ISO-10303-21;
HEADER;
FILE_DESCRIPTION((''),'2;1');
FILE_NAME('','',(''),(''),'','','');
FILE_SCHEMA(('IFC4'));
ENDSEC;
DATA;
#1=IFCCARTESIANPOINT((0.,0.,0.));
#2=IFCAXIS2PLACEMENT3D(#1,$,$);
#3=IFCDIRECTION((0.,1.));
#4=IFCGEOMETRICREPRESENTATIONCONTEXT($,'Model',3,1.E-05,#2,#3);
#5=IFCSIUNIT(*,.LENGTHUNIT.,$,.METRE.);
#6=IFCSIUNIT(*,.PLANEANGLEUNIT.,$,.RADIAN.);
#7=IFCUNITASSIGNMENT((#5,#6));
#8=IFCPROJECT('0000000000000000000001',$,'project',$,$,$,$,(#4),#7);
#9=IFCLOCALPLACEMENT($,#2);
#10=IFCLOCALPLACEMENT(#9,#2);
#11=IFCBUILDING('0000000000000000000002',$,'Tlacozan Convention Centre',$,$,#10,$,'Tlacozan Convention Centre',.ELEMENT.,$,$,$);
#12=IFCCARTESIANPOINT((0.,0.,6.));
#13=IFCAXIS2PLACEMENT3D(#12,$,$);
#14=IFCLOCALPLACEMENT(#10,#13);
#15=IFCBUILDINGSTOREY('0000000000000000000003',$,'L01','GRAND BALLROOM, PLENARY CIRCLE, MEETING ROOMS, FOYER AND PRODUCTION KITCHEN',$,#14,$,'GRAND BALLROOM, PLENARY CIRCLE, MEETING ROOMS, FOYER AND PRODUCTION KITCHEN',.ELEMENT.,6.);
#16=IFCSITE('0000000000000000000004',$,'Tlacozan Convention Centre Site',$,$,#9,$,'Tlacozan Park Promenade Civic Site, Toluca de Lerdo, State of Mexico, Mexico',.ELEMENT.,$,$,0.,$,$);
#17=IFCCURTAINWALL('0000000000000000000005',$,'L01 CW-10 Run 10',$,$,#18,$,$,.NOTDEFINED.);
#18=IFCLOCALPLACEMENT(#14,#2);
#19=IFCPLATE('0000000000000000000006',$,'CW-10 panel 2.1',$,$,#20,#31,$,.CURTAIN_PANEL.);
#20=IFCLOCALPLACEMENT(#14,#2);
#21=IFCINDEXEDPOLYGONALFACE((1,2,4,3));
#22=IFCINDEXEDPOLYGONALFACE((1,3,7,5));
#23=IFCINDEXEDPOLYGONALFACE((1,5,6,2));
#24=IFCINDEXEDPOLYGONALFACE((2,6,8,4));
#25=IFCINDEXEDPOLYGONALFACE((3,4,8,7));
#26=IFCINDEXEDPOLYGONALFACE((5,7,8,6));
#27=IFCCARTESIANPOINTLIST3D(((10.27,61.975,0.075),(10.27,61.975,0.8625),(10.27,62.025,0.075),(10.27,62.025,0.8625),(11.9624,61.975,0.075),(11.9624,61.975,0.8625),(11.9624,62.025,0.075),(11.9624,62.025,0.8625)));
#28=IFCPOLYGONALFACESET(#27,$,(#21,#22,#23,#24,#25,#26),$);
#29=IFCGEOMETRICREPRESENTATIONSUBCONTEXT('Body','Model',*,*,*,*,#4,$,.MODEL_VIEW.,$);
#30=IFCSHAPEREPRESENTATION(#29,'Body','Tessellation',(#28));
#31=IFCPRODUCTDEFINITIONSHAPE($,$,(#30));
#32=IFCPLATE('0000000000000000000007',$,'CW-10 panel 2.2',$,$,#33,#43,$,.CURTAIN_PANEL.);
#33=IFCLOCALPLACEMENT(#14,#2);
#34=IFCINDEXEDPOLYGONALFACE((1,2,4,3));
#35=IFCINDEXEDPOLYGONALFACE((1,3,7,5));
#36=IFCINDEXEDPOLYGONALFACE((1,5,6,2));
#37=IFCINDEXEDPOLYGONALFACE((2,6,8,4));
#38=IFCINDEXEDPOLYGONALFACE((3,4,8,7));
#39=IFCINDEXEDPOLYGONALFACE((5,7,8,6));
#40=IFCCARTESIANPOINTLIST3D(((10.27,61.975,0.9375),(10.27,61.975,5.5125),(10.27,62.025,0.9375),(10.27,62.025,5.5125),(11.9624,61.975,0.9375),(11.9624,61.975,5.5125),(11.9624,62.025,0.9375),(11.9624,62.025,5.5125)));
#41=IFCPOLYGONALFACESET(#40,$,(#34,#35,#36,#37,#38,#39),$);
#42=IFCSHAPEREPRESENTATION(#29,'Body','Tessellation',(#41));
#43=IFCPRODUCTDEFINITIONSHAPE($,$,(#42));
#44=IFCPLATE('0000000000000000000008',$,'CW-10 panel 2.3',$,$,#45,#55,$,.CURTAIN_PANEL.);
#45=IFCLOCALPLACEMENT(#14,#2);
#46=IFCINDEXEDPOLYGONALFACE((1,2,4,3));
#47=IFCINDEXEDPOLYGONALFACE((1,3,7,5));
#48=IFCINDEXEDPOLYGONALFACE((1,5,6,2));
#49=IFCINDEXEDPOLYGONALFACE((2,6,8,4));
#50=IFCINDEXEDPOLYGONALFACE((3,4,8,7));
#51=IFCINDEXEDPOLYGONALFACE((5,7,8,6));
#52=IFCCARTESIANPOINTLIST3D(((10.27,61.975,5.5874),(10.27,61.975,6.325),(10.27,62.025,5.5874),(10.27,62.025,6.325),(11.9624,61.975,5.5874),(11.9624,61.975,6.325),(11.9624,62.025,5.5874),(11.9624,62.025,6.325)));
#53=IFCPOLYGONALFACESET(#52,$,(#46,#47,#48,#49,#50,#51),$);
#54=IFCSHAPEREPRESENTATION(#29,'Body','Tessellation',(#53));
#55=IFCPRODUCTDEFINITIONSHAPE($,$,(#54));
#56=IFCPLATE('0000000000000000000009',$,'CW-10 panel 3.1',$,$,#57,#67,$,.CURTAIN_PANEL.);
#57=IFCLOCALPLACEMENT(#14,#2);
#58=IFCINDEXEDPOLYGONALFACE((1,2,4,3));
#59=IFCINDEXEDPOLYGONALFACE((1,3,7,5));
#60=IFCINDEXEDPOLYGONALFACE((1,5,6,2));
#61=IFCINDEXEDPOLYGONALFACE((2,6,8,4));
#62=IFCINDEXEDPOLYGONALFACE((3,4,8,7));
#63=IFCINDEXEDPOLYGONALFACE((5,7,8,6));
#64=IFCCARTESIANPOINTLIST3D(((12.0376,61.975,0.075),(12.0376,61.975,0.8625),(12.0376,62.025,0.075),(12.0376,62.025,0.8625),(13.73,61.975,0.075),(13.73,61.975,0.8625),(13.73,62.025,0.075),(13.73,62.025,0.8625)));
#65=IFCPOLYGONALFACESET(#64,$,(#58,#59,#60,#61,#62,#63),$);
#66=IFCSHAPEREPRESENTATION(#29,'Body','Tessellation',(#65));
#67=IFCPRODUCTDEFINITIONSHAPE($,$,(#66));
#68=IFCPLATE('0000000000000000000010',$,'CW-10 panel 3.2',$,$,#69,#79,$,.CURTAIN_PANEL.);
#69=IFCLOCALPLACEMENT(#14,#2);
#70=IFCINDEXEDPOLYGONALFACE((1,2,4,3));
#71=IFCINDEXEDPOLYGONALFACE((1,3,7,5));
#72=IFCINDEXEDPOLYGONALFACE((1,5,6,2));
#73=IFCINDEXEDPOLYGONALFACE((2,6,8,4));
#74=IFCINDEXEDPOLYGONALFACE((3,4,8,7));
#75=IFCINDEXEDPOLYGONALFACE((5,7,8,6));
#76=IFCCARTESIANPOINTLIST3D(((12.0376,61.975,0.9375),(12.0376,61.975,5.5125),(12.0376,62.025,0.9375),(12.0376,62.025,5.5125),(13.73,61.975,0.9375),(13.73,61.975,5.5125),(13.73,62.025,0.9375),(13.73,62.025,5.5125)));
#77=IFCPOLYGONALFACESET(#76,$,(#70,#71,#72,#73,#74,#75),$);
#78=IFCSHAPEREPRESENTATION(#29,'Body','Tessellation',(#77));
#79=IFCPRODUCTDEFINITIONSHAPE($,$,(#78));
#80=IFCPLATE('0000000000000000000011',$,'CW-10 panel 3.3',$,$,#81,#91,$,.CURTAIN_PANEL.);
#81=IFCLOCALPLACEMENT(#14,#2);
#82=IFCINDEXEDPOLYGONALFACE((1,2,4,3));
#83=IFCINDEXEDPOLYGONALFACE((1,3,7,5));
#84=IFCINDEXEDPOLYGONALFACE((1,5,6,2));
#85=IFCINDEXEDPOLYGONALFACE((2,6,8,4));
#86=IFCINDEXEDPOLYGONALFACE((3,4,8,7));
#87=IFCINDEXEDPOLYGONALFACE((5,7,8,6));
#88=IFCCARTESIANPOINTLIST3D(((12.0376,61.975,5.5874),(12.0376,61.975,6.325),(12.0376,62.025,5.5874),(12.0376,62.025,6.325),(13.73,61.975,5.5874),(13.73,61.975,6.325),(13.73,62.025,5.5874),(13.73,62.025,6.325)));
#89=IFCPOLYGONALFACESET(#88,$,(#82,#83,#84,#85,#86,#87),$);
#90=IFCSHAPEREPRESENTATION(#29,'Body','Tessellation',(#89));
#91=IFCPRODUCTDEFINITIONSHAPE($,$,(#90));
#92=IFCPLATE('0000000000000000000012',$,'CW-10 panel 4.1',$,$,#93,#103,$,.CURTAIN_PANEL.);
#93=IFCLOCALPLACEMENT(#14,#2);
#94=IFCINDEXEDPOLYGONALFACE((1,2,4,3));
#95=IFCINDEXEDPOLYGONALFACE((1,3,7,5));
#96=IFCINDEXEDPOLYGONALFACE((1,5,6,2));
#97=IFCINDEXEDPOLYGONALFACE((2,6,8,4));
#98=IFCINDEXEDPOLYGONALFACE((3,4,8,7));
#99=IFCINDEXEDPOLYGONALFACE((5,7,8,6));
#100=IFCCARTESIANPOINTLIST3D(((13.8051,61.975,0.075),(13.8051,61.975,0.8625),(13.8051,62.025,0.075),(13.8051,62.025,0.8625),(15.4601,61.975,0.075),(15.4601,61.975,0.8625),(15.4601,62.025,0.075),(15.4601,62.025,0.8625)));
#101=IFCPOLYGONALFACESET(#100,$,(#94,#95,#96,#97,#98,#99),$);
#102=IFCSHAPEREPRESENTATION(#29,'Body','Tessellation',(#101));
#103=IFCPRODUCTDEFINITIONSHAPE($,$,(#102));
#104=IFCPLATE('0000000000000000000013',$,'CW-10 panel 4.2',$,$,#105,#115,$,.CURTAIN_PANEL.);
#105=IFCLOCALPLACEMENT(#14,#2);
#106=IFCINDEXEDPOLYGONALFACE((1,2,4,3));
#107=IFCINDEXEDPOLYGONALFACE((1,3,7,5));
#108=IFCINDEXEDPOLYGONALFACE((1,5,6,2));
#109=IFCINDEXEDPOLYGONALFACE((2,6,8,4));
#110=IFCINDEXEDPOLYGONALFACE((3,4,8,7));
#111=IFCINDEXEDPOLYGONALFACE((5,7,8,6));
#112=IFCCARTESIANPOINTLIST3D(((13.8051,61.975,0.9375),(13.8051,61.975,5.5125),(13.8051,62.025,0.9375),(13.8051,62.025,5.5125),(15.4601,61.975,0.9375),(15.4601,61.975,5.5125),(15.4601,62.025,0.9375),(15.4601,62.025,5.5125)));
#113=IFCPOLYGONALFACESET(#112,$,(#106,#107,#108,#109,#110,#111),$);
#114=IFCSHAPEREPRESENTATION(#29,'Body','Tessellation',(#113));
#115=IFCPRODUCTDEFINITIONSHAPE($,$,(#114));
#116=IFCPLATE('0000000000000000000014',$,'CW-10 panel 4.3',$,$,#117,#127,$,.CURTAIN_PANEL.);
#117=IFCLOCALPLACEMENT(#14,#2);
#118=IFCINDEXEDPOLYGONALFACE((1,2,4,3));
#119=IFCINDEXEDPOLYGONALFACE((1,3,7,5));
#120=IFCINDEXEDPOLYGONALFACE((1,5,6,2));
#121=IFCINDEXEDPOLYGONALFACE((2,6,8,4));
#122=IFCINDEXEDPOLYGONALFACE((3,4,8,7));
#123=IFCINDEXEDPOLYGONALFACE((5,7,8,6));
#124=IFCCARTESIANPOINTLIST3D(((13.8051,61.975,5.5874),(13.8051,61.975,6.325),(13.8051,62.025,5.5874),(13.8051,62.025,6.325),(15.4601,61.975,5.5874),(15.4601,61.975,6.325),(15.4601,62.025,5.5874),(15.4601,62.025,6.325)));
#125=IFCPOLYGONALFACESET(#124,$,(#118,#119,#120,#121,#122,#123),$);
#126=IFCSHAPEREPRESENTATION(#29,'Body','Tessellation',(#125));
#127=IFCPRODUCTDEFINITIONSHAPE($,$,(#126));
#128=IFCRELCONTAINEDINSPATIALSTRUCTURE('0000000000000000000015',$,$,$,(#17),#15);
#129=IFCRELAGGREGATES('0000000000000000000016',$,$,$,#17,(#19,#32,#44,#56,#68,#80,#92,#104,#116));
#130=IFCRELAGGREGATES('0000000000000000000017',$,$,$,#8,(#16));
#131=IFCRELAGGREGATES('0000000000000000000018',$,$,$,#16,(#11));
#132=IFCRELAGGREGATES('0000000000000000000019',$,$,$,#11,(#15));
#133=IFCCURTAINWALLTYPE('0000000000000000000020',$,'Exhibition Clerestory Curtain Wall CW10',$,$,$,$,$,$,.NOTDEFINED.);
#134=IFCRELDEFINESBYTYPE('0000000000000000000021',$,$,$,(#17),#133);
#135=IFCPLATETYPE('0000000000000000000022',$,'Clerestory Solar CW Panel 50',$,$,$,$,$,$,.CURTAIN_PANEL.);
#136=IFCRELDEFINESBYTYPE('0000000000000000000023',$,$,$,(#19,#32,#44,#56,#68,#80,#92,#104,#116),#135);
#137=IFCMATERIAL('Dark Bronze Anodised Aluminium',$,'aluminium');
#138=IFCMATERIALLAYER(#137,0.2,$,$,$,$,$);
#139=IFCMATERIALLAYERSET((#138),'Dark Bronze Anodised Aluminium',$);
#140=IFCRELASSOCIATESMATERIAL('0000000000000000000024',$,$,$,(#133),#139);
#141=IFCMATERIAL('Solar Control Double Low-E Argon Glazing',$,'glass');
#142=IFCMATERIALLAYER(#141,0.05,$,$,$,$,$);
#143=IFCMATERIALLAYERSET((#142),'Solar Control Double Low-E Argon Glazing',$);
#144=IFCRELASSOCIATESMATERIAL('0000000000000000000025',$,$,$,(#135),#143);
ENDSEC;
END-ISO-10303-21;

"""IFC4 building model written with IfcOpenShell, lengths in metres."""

from ifc_helpers import new_model, si_unit, direction, frame, origin, origin_2d, place, context, subcontext, project, spatial, rectangle, extrude, material, layer, layer_set, type_object, element, aggregate, save


model = new_model("IFC4")

# Units and contexts
model_context = context("Model", 3, precision=1e-05, world=origin(), true_north=direction((0.0, 1.0)))
body_context = subcontext(model_context, "Body", "Model", "MODEL_VIEW")
ifc_project = project(units=[si_unit("LENGTHUNIT", "METRE"), si_unit("PLANEANGLEUNIT", "RADIAN")], contexts=[model_context])

# Site, building, storey
site_placement = place(None, origin())
site = spatial("IfcSite", under=ifc_project, at=site_placement, Name="Tlacozan Convention Centre Site", LongName="Tlacozan Park Promenade Civic Site, Toluca de Lerdo, State of Mexico, Mexico", CompositionType="ELEMENT", RefElevation=0.0)
building_placement = place(site_placement, origin())
building = spatial("IfcBuilding", under=site, at=building_placement, Name="Tlacozan Convention Centre", LongName="Tlacozan Convention Centre", CompositionType="ELEMENT")
storey_placement = place(building_placement, frame((0.0, 0.0, 6.0)))
storey = spatial("IfcBuildingStorey", under=building, at=storey_placement, Name="L01", Description="GRAND BALLROOM, PLENARY CIRCLE, MEETING ROOMS, FOYER AND PRODUCTION KITCHEN", LongName="GRAND BALLROOM, PLENARY CIRCLE, MEETING ROOMS, FOYER AND PRODUCTION KITCHEN", CompositionType="ELEMENT", Elevation=6.0)

# Curtain wall
ifc_material_1 = material(Name="Dark Bronze Anodised Aluminium", Category="aluminium")
ifc_layer_1 = layer(ifc_material_1, 0.2)
ifc_layer_set_1 = layer_set([ifc_layer_1], Name="Dark Bronze Anodised Aluminium")
curtain_wall_type = type_object("IfcCurtainWallType", Name="Exhibition Clerestory Curtain Wall CW10", PredefinedType="NOTDEFINED", material=ifc_layer_set_1)
curtain_wall_1_placement = place(storey_placement, origin())
curtain_wall_1 = element("IfcCurtainWall", 1, at=curtain_wall_1_placement, inside=storey, type_object=curtain_wall_type, Name="L01 CW-10 Run 10", PredefinedType="NOTDEFINED")

# Plates
ifc_material_2 = material(Name="Solar Control Double Low-E Argon Glazing", Category="glass")
ifc_layer_2 = layer(ifc_material_2, 0.05)
ifc_layer_set_2 = layer_set([ifc_layer_2], Name="Solar Control Double Low-E Argon Glazing")
plate_type = type_object("IfcPlateType", Name="Clerestory Solar CW Panel 50", PredefinedType="CURTAIN_PANEL", material=ifc_layer_set_2)
plate_1_placement = place(storey_placement, frame((11.1162, 62.0, 0.075), z_axis=(0.0, 0.0, 1.0), x_axis=(1.0, 0.0, 0.0)))
plate_1 = element("IfcPlate", 2, at=plate_1_placement, type_object=plate_type, Name="CW-10 panel 2.1", PredefinedType="CURTAIN_PANEL", context=body_context, shape_type="SweptSolid", body=[
    extrude(rectangle(XDim=1.6924, YDim=0.05, at=origin_2d()), origin(), (0.0, 0.0, 1.0), 0.7876),
])
plate_2_placement = place(storey_placement, frame((11.1162, 62.0, 0.9375), z_axis=(0.0, 0.0, 1.0), x_axis=(1.0, 0.0, 0.0)))
plate_2 = element("IfcPlate", 3, at=plate_2_placement, type_object=plate_type, Name="CW-10 panel 2.2", PredefinedType="CURTAIN_PANEL", context=body_context, shape_type="SweptSolid", body=[
    extrude(rectangle(XDim=1.6924, YDim=0.05, at=origin_2d()), origin(), (0.0, 0.0, 1.0), 4.575),
])
plate_3_placement = place(storey_placement, frame((11.1162, 62.0, 5.5874), z_axis=(0.0, 0.0, 1.0), x_axis=(1.0, 0.0, 0.0)))
plate_3 = element("IfcPlate", 4, at=plate_3_placement, type_object=plate_type, Name="CW-10 panel 2.3", PredefinedType="CURTAIN_PANEL", context=body_context, shape_type="SweptSolid", body=[
    extrude(rectangle(XDim=1.6924, YDim=0.05, at=origin_2d()), origin(), (0.0, 0.0, 1.0), 0.7375),
])
plate_4_placement = place(storey_placement, frame((12.8838, 62.0, 0.075), z_axis=(0.0, 0.0, 1.0), x_axis=(1.0, 0.0, 0.0)))
plate_4 = element("IfcPlate", 5, at=plate_4_placement, type_object=plate_type, Name="CW-10 panel 3.1", PredefinedType="CURTAIN_PANEL", context=body_context, shape_type="SweptSolid", body=[
    extrude(rectangle(XDim=1.6924, YDim=0.05, at=origin_2d()), origin(), (0.0, 0.0, 1.0), 0.7876),
])
plate_5_placement = place(storey_placement, frame((12.8838, 62.0, 0.9375), z_axis=(0.0, 0.0, 1.0), x_axis=(1.0, 0.0, 0.0)))
plate_5 = element("IfcPlate", 6, at=plate_5_placement, type_object=plate_type, Name="CW-10 panel 3.2", PredefinedType="CURTAIN_PANEL", context=body_context, shape_type="SweptSolid", body=[
    extrude(rectangle(XDim=1.6924, YDim=0.05, at=origin_2d()), origin(), (0.0, 0.0, 1.0), 4.575),
])
plate_6_placement = place(storey_placement, frame((12.8838, 62.0, 5.5874), z_axis=(0.0, 0.0, 1.0), x_axis=(1.0, 0.0, 0.0)))
plate_6 = element("IfcPlate", 7, at=plate_6_placement, type_object=plate_type, Name="CW-10 panel 3.3", PredefinedType="CURTAIN_PANEL", context=body_context, shape_type="SweptSolid", body=[
    extrude(rectangle(XDim=1.6924, YDim=0.05, at=origin_2d()), origin(), (0.0, 0.0, 1.0), 0.7375),
])
plate_7_placement = place(storey_placement, frame((14.6326, 62.0, 0.075), z_axis=(0.0, 0.0, 1.0), x_axis=(1.0, 0.0, 0.0)))
plate_7 = element("IfcPlate", 8, at=plate_7_placement, type_object=plate_type, Name="CW-10 panel 4.1", PredefinedType="CURTAIN_PANEL", context=body_context, shape_type="SweptSolid", body=[
    extrude(rectangle(XDim=1.655, YDim=0.05, at=origin_2d()), origin(), (0.0, 0.0, 1.0), 0.7876),
])
plate_8_placement = place(storey_placement, frame((14.6326, 62.0, 0.9375), z_axis=(0.0, 0.0, 1.0), x_axis=(1.0, 0.0, 0.0)))
plate_8 = element("IfcPlate", 9, at=plate_8_placement, type_object=plate_type, Name="CW-10 panel 4.2", PredefinedType="CURTAIN_PANEL", context=body_context, shape_type="SweptSolid", body=[
    extrude(rectangle(XDim=1.655, YDim=0.05, at=origin_2d()), origin(), (0.0, 0.0, 1.0), 4.575),
])
plate_9_placement = place(storey_placement, frame((14.6326, 62.0, 5.5874), z_axis=(0.0, 0.0, 1.0), x_axis=(1.0, 0.0, 0.0)))
plate_9 = element("IfcPlate", 10, at=plate_9_placement, type_object=plate_type, Name="CW-10 panel 4.3", PredefinedType="CURTAIN_PANEL", context=body_context, shape_type="SweptSolid", body=[
    extrude(rectangle(XDim=1.655, YDim=0.05, at=origin_2d()), origin(), (0.0, 0.0, 1.0), 0.7375),
])
aggregate(curtain_wall_1, [plate_1, plate_2, plate_3, plate_4, plate_5, plate_6, plate_7, plate_8, plate_9])

save(model, "model.ifc")
